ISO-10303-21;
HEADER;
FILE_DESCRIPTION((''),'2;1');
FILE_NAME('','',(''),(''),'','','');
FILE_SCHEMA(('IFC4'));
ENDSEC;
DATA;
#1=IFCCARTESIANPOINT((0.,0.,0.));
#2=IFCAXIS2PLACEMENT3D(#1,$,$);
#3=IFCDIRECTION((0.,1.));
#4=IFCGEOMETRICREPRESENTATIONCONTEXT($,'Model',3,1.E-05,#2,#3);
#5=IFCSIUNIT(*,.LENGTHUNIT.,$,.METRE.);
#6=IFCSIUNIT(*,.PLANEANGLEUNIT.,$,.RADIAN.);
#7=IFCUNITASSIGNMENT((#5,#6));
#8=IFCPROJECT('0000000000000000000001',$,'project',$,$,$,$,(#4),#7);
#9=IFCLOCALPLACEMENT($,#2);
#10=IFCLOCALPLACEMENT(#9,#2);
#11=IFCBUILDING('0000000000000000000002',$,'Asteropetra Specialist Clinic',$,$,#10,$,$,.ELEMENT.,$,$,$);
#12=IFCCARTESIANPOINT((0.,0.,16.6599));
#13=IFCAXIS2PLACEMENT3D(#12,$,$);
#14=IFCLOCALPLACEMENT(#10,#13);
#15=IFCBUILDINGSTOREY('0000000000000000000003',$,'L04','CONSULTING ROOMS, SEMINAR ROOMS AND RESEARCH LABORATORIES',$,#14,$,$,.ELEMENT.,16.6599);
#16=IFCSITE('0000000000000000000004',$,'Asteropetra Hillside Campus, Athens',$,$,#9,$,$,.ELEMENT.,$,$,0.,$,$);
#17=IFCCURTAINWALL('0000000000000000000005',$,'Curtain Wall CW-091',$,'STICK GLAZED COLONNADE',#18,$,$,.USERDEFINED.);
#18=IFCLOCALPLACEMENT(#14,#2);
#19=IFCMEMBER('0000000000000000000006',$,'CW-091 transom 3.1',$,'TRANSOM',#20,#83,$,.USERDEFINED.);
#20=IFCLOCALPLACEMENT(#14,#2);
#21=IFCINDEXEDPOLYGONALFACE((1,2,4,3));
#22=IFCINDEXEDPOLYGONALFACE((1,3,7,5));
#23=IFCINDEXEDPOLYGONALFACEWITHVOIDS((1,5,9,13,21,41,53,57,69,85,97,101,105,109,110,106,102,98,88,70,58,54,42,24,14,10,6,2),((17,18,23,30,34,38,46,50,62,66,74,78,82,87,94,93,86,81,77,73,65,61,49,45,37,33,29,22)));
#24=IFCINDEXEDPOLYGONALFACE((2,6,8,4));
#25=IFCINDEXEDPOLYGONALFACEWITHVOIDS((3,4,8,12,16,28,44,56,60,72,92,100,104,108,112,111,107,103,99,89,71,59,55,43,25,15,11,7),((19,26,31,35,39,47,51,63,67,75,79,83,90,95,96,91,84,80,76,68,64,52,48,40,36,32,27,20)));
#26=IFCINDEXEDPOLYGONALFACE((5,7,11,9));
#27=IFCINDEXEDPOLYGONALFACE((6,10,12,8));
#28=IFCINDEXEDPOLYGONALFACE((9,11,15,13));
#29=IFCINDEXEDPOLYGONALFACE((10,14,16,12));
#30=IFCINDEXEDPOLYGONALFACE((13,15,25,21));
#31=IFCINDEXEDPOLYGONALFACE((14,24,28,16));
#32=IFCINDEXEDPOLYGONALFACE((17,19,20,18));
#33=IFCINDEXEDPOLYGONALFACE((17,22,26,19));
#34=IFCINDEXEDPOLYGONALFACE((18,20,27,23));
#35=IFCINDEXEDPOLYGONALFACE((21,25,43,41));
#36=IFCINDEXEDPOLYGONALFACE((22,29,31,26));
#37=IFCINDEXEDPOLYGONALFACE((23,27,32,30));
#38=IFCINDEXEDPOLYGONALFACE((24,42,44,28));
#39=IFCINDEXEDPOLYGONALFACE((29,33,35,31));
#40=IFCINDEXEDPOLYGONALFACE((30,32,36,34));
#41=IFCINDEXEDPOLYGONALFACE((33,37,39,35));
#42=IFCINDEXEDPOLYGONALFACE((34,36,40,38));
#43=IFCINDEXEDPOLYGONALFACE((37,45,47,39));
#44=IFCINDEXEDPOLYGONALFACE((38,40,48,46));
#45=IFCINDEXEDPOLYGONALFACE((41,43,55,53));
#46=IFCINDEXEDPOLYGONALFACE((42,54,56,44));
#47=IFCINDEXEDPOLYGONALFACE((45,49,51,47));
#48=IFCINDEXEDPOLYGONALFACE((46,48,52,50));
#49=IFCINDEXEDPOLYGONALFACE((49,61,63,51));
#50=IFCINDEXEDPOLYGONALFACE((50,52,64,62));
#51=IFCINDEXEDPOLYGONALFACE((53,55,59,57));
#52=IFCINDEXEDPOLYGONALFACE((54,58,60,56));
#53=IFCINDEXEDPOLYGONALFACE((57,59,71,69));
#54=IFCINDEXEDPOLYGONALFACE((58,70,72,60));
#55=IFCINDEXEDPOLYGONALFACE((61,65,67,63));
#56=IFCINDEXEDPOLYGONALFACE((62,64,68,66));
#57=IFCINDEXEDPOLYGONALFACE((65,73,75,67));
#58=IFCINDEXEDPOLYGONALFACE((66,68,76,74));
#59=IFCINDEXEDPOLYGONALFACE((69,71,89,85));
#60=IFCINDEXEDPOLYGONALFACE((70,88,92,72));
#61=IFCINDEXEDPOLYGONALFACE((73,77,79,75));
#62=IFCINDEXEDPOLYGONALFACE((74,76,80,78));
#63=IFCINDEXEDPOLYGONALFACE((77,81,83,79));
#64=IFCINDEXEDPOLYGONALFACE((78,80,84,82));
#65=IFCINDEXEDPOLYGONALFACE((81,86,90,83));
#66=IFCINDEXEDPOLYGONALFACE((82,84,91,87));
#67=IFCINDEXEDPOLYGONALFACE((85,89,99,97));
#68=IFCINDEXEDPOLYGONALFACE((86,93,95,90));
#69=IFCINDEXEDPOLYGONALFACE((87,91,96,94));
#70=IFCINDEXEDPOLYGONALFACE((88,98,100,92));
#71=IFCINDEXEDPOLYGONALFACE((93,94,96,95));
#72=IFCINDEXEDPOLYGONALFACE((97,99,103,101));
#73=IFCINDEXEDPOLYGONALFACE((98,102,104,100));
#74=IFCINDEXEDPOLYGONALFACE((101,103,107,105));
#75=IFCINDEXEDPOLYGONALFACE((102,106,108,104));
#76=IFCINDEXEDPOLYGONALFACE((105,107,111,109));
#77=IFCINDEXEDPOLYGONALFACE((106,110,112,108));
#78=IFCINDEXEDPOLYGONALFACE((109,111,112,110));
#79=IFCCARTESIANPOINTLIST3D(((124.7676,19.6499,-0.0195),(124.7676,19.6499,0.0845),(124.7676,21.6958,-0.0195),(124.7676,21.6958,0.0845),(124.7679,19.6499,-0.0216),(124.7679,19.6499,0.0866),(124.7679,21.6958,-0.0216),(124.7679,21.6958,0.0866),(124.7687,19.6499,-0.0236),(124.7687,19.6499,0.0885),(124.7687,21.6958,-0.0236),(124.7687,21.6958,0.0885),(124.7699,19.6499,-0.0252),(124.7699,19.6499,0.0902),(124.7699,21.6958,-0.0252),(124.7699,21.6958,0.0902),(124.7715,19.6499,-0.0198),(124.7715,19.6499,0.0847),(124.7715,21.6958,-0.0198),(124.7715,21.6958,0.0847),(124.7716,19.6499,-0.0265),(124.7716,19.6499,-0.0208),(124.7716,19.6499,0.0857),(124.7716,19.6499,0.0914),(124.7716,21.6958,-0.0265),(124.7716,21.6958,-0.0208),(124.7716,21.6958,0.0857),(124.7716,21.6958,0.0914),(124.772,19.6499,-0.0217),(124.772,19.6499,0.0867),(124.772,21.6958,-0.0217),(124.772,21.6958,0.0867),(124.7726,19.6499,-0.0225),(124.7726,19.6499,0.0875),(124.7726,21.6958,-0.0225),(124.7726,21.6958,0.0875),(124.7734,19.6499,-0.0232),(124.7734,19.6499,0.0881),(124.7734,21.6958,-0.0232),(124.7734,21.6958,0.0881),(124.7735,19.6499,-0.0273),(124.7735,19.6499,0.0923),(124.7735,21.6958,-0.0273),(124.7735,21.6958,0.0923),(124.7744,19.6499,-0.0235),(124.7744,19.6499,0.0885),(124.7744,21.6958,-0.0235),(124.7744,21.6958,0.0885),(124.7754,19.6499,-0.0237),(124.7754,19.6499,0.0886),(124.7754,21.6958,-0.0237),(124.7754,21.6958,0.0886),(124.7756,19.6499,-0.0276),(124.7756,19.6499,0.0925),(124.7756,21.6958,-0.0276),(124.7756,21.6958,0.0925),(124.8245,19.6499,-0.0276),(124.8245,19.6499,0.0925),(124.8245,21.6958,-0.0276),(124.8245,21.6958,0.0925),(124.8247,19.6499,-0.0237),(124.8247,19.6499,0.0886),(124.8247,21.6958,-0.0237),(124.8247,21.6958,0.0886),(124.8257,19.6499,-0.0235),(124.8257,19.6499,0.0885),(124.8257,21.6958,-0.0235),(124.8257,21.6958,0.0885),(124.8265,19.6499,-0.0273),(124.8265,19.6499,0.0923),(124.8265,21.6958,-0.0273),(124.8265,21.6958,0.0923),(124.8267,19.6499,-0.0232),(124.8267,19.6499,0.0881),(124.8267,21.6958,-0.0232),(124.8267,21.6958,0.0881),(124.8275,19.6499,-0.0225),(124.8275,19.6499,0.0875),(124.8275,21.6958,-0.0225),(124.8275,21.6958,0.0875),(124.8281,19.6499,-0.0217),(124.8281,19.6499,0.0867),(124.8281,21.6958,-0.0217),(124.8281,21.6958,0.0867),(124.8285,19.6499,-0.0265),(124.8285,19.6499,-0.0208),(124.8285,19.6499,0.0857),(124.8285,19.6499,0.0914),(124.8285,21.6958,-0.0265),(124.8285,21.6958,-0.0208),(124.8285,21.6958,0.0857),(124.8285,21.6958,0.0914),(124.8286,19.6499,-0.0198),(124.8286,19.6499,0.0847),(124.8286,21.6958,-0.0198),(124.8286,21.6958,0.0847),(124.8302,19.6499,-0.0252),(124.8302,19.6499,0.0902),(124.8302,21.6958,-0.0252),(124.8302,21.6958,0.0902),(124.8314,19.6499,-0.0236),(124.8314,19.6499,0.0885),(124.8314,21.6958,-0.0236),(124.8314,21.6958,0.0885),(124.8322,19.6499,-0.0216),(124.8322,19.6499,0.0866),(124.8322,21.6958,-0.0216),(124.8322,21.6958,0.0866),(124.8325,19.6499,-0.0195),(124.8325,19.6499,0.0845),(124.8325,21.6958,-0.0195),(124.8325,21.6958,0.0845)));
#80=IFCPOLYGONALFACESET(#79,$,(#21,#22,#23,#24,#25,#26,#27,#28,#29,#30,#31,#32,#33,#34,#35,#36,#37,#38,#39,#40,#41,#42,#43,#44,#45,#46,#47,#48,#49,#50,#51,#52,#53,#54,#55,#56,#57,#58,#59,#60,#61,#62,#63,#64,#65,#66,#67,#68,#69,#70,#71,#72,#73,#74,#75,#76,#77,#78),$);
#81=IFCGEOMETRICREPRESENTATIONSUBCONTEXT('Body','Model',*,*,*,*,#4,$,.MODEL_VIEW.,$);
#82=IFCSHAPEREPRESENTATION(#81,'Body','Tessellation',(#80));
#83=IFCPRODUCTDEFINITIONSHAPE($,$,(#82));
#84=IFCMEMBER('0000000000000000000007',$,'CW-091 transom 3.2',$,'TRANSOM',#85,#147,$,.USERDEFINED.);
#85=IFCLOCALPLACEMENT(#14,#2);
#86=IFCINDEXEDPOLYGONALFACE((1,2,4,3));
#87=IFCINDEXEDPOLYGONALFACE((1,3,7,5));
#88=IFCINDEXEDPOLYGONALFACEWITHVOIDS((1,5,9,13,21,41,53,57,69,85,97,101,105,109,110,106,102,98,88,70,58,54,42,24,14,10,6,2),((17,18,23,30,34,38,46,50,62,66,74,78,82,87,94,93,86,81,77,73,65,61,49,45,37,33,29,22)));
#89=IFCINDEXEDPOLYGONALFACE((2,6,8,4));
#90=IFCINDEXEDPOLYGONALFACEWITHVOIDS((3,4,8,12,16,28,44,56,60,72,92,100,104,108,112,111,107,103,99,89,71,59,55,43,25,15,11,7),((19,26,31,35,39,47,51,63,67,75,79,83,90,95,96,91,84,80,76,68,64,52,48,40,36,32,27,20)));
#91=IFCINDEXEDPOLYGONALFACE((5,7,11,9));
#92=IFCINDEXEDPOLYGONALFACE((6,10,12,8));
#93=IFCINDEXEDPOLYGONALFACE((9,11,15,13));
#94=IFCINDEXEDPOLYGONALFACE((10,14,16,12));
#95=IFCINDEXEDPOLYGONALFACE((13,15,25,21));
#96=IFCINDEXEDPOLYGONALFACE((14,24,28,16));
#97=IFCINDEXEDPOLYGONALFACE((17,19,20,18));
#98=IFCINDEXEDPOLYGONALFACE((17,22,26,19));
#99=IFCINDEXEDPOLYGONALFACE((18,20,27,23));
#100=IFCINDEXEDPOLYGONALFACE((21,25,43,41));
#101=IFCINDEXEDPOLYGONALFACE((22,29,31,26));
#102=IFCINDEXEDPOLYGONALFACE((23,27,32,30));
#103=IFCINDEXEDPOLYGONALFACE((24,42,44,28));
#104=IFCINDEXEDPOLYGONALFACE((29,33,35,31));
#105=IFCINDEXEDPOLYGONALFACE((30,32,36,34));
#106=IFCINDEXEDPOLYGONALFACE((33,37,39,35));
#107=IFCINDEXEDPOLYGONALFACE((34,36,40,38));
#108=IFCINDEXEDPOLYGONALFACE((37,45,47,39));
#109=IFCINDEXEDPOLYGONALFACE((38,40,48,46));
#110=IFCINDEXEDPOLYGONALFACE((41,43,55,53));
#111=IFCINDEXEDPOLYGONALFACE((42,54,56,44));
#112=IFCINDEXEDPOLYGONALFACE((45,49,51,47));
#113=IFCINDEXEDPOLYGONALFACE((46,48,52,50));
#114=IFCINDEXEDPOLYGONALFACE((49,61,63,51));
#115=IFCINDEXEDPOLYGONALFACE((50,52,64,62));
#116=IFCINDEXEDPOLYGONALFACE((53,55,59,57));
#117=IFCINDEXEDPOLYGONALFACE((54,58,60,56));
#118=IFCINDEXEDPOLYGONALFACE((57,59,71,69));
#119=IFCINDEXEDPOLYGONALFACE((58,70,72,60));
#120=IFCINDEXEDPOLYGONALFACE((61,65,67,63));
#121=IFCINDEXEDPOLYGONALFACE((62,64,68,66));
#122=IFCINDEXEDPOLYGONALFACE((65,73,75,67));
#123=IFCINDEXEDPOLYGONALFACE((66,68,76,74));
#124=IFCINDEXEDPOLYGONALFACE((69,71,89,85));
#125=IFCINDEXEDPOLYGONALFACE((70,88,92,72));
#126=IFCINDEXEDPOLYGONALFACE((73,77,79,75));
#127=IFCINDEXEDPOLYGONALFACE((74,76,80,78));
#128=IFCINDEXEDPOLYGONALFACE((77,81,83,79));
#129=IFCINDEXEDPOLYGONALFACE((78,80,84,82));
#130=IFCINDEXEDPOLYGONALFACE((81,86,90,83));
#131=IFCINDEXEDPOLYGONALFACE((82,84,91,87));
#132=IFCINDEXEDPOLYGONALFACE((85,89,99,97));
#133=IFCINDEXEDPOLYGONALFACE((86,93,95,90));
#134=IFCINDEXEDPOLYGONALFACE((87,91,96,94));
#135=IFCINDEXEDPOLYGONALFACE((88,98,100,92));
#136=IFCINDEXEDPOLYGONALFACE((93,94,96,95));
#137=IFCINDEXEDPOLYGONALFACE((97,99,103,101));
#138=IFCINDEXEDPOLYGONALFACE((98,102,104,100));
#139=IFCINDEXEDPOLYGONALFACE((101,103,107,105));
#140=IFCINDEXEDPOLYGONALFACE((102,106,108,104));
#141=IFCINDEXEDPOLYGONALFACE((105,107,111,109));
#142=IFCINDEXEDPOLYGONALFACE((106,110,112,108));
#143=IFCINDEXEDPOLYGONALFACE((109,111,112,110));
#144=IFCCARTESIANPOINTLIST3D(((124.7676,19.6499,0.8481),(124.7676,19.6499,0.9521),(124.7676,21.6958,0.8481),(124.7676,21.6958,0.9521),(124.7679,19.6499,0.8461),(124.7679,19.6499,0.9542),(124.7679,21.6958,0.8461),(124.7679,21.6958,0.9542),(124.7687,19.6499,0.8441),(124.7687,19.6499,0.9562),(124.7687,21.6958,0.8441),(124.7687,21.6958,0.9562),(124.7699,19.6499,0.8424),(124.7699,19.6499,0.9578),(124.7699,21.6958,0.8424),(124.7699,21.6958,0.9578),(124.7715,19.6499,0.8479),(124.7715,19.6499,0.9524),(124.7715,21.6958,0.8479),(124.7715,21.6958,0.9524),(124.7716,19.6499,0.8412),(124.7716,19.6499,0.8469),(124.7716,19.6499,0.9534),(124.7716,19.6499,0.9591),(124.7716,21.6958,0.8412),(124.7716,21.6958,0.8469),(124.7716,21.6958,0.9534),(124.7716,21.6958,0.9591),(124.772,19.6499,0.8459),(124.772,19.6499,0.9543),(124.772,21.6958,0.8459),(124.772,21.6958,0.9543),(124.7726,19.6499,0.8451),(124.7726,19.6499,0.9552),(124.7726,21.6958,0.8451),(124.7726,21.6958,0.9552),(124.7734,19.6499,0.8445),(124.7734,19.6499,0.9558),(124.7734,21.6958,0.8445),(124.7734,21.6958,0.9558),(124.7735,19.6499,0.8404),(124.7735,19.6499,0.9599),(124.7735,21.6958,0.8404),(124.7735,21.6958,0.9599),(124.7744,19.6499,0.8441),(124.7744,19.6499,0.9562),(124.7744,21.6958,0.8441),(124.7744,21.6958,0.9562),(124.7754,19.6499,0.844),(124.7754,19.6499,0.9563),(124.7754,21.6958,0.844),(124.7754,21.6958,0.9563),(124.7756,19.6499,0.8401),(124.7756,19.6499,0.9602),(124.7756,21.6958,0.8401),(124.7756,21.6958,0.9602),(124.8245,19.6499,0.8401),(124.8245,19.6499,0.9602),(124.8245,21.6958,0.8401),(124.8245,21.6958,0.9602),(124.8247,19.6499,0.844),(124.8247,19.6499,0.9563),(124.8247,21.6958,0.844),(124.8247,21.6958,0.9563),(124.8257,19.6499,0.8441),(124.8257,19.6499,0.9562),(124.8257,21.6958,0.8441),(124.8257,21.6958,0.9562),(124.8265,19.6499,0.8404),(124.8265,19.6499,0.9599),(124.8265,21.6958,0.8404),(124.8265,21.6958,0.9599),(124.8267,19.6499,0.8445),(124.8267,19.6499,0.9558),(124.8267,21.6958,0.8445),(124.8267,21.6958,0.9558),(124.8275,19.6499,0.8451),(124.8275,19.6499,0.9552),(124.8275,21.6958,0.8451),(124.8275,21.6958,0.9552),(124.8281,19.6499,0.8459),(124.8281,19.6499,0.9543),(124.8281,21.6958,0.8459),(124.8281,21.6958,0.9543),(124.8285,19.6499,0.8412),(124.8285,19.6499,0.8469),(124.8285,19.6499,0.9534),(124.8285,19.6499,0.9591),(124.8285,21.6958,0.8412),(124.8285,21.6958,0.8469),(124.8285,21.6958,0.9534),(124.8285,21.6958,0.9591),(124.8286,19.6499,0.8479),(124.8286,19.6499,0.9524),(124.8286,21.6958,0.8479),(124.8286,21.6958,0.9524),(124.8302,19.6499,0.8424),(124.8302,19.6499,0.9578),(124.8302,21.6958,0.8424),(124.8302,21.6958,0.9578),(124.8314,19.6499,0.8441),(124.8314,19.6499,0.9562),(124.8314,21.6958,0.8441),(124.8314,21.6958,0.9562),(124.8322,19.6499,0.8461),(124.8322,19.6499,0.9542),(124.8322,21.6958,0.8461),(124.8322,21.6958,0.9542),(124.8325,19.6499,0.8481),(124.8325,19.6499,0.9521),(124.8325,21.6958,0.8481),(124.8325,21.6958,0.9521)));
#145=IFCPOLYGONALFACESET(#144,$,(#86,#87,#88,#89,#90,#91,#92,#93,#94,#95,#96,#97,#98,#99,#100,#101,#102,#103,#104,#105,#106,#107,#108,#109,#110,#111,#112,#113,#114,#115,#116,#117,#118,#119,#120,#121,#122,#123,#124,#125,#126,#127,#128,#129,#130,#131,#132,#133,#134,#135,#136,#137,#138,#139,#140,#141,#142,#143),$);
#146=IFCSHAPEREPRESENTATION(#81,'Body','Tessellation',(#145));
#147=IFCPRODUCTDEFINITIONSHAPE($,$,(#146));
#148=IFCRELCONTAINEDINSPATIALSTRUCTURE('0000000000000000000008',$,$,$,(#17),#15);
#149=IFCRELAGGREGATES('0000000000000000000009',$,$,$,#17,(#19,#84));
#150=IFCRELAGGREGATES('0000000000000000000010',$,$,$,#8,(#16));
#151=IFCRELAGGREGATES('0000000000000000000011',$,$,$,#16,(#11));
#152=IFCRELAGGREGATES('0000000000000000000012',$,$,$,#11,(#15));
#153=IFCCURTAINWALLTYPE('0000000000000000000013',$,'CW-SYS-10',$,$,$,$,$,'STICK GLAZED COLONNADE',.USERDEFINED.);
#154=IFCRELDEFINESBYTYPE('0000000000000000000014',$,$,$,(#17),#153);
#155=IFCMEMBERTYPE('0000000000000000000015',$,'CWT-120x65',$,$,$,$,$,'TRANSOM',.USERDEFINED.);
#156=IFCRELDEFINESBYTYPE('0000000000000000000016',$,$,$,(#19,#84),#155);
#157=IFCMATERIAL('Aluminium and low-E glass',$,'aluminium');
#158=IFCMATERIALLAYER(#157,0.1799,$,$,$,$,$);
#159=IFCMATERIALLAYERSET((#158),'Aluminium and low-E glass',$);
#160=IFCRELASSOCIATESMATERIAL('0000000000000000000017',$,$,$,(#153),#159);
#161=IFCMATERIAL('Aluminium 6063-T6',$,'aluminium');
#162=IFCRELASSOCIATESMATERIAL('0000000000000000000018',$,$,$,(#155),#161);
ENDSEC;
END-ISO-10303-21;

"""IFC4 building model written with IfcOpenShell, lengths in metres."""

from ifc_helpers import new_model, si_unit, direction, frame, origin, origin_2d, place, context, subcontext, project, spatial, hollow_rectangle, extrude, material, layer, layer_set, material_profile, profile_set, type_object, element, aggregate, save


model = new_model("IFC4")

# Units and contexts
model_context = context("Model", 3, precision=1e-05, world=origin(), true_north=direction((0.0, 1.0)))
body_context = subcontext(model_context, "Body", "Model", "MODEL_VIEW")
ifc_project = project(units=[si_unit("LENGTHUNIT", "METRE"), si_unit("PLANEANGLEUNIT", "RADIAN")], contexts=[model_context])

# Site, building, storey
site_placement = place(None, origin())
site = spatial("IfcSite", under=ifc_project, at=site_placement, Name="Asteropetra Hillside Campus, Athens", CompositionType="ELEMENT", RefElevation=0.0)
building_placement = place(site_placement, origin())
building = spatial("IfcBuilding", under=site, at=building_placement, Name="Asteropetra Specialist Clinic", CompositionType="ELEMENT")
storey_placement = place(building_placement, frame((0.0, 0.0, 16.6599)))
storey = spatial("IfcBuildingStorey", under=building, at=storey_placement, Name="L04", Description="CONSULTING ROOMS, SEMINAR ROOMS AND RESEARCH LABORATORIES", CompositionType="ELEMENT", Elevation=16.6599)

# Curtain wall
ifc_material_1 = material(Name="Aluminium and low-E glass", Category="aluminium")
ifc_layer_1 = layer(ifc_material_1, 0.1799)
ifc_layer_set_1 = layer_set([ifc_layer_1], Name="Aluminium and low-E glass")
curtain_wall_type_1 = type_object("IfcCurtainWallType", Name="CW-SYS-10", ElementType="STICK GLAZED COLONNADE", PredefinedType="USERDEFINED", material=ifc_layer_set_1)
curtain_wall_1_placement = place(storey_placement, origin())
curtain_wall_1 = element("IfcCurtainWall", 1, at=curtain_wall_1_placement, inside=storey, type_object=curtain_wall_type_1, Name="Curtain Wall CW-091", ObjectType="STICK GLAZED COLONNADE", PredefinedType="USERDEFINED")

# Members
ifc_material_2 = material(Name="Aluminium 6063-T6", Category="aluminium")
ifc_material_profile_1 = material_profile(ifc_material_2, hollow_rectangle(XDim=0.0649, YDim=0.1201, WallThickness=0.0039, InnerFilletRadius=0.0039, OuterFilletRadius=0.0081, at=origin_2d()), Name="TRN 120x65x4.0")
ifc_profile_set_1 = profile_set([ifc_material_profile_1], Name="Aluminium 6063-T6")
member_type_1 = type_object("IfcMemberType", Name="CWT-120x65", ElementType="TRANSOM", PredefinedType="USERDEFINED", material=ifc_profile_set_1)
member_1_placement = place(storey_placement, frame((124.8, 21.6958, 0.0325), z_axis=(0.0, -1.0, 0.0), x_axis=(1.0, 0.0, 0.0)))
member_1 = element("IfcMember", 2, at=member_1_placement, type_object=member_type_1, Name="CW-091 transom 3.1", ObjectType="TRANSOM", PredefinedType="USERDEFINED", context=body_context, shape_type="SweptSolid", body=[
    extrude(hollow_rectangle(XDim=0.0649, YDim=0.1201, WallThickness=0.0039, InnerFilletRadius=0.0039, OuterFilletRadius=0.0081, at=origin_2d()), origin(), (0.0, 0.0, 1.0), 2.0459),
])
member_2_placement = place(storey_placement, frame((124.8, 21.6958, 0.9001), z_axis=(0.0, -1.0, 0.0), x_axis=(1.0, 0.0, 0.0)))
member_2 = element("IfcMember", 3, at=member_2_placement, type_object=member_type_1, Name="CW-091 transom 3.2", ObjectType="TRANSOM", PredefinedType="USERDEFINED", context=body_context, shape_type="SweptSolid", body=[
    extrude(hollow_rectangle(XDim=0.0649, YDim=0.1201, WallThickness=0.0039, InnerFilletRadius=0.0039, OuterFilletRadius=0.0081, at=origin_2d()), origin(), (0.0, 0.0, 1.0), 2.0459),
])

aggregate(curtain_wall_1, [member_1, member_2])

save(model, "model.ifc")
